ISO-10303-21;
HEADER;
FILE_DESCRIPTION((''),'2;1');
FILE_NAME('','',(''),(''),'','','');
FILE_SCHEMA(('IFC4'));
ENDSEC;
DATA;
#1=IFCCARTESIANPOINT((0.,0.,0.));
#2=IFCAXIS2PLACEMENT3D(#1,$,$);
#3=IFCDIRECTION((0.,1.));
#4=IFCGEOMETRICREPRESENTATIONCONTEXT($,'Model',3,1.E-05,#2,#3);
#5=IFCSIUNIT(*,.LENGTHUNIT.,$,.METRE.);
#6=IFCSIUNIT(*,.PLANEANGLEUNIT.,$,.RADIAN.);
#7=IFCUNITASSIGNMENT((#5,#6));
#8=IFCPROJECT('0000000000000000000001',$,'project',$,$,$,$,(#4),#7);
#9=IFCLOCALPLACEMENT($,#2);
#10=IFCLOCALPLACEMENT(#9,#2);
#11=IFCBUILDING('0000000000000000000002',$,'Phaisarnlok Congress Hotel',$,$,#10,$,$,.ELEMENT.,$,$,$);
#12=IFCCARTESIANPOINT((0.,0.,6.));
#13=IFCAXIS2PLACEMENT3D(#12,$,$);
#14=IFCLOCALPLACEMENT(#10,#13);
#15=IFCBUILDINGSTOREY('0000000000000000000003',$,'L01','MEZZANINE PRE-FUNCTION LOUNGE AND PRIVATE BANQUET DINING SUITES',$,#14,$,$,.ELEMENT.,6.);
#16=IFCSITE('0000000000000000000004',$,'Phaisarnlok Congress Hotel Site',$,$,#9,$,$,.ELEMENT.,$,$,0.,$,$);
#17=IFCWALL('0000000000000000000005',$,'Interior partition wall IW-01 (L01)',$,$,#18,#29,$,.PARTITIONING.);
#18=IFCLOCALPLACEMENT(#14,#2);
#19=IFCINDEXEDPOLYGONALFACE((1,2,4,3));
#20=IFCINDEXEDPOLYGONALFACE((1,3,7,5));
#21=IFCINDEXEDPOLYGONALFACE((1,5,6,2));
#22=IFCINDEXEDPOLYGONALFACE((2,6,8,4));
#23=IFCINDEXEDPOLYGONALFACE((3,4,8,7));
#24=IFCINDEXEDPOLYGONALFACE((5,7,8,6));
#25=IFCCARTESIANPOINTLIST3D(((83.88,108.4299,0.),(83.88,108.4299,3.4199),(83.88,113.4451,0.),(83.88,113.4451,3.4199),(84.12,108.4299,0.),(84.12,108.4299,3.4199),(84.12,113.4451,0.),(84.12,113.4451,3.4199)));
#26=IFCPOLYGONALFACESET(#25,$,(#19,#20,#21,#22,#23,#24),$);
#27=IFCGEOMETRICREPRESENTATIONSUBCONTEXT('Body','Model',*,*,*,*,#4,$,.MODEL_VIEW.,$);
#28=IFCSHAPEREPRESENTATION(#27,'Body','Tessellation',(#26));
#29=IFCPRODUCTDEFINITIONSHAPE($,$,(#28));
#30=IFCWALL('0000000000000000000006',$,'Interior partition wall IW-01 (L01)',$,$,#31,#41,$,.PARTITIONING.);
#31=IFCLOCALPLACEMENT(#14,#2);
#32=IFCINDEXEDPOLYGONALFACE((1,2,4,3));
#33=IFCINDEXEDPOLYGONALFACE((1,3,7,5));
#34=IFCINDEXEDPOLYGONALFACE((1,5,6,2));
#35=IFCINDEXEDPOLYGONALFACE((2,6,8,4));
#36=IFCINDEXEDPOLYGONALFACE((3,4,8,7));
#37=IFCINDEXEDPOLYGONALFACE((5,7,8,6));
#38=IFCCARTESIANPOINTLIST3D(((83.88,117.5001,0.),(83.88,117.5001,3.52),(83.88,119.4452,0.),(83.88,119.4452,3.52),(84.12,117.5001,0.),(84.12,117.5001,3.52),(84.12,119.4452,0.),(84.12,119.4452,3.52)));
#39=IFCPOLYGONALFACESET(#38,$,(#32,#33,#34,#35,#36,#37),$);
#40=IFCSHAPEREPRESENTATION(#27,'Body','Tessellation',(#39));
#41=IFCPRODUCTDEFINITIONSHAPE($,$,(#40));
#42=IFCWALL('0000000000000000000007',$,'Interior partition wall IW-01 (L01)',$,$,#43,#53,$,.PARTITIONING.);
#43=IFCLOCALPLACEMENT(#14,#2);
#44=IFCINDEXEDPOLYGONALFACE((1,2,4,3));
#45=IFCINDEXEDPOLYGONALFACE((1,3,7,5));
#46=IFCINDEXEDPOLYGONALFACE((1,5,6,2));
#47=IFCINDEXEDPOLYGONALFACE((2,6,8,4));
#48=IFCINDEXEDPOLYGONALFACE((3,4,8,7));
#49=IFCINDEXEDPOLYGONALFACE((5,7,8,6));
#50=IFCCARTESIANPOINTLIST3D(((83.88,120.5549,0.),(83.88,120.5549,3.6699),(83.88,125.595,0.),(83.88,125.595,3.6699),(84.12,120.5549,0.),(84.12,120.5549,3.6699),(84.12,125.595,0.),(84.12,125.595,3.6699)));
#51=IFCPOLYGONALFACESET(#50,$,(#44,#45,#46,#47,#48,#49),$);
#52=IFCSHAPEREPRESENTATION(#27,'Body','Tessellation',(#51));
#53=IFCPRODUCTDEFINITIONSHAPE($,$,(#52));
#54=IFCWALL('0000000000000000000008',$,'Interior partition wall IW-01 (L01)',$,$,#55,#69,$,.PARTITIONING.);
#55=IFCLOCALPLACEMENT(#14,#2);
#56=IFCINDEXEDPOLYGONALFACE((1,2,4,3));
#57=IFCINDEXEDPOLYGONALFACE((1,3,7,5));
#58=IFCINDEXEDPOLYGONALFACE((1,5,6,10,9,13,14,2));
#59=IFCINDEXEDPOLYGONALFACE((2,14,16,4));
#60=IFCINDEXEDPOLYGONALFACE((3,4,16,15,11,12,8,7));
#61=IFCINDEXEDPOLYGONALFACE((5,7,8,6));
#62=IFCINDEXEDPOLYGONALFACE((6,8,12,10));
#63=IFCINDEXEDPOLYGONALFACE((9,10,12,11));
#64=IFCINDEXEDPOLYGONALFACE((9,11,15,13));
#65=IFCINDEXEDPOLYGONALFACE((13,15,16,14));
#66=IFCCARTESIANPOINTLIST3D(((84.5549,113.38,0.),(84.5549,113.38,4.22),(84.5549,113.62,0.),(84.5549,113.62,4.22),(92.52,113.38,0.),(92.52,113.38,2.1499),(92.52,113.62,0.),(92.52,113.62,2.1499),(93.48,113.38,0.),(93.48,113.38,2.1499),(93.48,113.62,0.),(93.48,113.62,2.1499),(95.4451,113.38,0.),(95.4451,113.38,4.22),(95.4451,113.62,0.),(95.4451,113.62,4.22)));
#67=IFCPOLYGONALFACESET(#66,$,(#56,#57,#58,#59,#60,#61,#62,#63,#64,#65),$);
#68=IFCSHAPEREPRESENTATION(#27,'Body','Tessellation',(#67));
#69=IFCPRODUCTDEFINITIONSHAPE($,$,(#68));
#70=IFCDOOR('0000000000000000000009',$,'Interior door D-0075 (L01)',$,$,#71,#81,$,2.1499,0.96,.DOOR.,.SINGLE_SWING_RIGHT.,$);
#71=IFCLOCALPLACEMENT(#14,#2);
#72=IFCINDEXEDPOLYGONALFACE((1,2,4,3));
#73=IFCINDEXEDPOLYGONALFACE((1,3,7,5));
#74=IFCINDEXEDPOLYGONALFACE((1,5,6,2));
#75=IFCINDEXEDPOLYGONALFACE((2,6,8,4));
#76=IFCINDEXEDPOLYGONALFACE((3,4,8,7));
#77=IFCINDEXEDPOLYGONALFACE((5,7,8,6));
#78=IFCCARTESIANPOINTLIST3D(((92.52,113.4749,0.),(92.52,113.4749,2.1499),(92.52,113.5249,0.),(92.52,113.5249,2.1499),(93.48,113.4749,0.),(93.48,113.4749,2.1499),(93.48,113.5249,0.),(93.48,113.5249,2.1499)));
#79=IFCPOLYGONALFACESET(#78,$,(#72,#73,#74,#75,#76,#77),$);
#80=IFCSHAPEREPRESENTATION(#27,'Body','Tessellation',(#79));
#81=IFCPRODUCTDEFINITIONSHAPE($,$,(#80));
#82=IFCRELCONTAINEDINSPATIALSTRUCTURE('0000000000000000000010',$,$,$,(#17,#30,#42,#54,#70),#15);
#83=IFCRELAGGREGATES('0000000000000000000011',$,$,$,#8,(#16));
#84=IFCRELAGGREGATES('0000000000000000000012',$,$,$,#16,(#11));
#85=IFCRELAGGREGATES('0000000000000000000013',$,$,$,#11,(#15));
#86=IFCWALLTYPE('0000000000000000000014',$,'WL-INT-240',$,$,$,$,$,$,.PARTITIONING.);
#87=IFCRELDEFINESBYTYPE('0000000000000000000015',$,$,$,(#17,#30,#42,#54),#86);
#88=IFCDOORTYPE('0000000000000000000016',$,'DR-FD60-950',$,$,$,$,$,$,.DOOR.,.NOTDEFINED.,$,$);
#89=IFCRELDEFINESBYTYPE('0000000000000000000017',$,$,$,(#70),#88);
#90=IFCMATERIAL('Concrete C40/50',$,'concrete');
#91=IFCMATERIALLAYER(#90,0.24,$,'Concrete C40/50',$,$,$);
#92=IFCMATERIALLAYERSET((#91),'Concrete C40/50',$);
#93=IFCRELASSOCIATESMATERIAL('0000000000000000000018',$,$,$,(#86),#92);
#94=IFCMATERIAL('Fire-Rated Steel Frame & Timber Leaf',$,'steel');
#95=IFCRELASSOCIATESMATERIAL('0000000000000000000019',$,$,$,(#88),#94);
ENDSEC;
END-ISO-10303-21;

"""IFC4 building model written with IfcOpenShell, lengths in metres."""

from ifc_helpers import new_model, si_unit, direction, frame, frame_2d, origin, place, context, subcontext, project, spatial, rectangle, extrude, material, layer, layer_set, type_object, element, fill, save


model = new_model("IFC4")

# Units and contexts
model_context = context("Model", 3, precision=1e-05, world=origin(), true_north=direction((0.0, 1.0)))
body_context = subcontext(model_context, "Body", "Model", "MODEL_VIEW")
ifc_project = project(units=[si_unit("LENGTHUNIT", "METRE"), si_unit("PLANEANGLEUNIT", "RADIAN")], contexts=[model_context])

# Site, building, storey
site_placement = place(None, origin())
site = spatial("IfcSite", under=ifc_project, at=site_placement, Name="Phaisarnlok Congress Hotel Site", CompositionType="ELEMENT", RefElevation=0.0)
building_placement = place(site_placement, origin())
building = spatial("IfcBuilding", under=site, at=building_placement, Name="Phaisarnlok Congress Hotel", CompositionType="ELEMENT")
storey_placement = place(building_placement, frame((0.0, 0.0, 6.0)))
storey = spatial("IfcBuildingStorey", under=building, at=storey_placement, Name="L01", Description="MEZZANINE PRE-FUNCTION LOUNGE AND PRIVATE BANQUET DINING SUITES", CompositionType="ELEMENT", Elevation=6.0)

# Shared definitions
ifc_material_1 = material(Name="Concrete C40/50", Category="concrete")

# Walls
ifc_layer_1 = layer(ifc_material_1, 0.24, Name="Concrete C40/50")
ifc_layer_set_1 = layer_set([ifc_layer_1], Name="Concrete C40/50")
wall_type_1 = type_object("IfcWallType", Name="WL-INT-240", PredefinedType="PARTITIONING", material=ifc_layer_set_1)
wall_1_placement = place(storey_placement, frame((84.0, 108.4299, 0.0), z_axis=(0.0, 0.0, 1.0), x_axis=(0.0, 1.0, 0.0)))
element("IfcWall", 1, at=wall_1_placement, inside=storey, type_object=wall_type_1, Name="Interior partition wall IW-01 (L01)", PredefinedType="PARTITIONING", context=body_context, shape_type="SweptSolid", body=[
    extrude(rectangle(XDim=5.0151, YDim=0.24, at=frame_2d((2.5076, 0.0))), origin(), (0.0, 0.0, 1.0), 3.4199),
])
wall_2_placement = place(storey_placement, frame((84.0, 117.5, 0.0), z_axis=(0.0, 0.0, 1.0), x_axis=(0.0, 1.0, 0.0)))
element("IfcWall", 2, at=wall_2_placement, inside=storey, type_object=wall_type_1, Name="Interior partition wall IW-01 (L01)", PredefinedType="PARTITIONING", context=body_context, shape_type="SweptSolid", body=[
    extrude(rectangle(XDim=1.9451, YDim=0.24, at=frame_2d((0.9727, 0.0))), origin(), (0.0, 0.0, 1.0), 3.52),
])
wall_3_placement = place(storey_placement, frame((84.0, 120.5549, 0.0), z_axis=(0.0, 0.0, 1.0), x_axis=(0.0, 1.0, 0.0)))
element("IfcWall", 3, at=wall_3_placement, inside=storey, type_object=wall_type_1, Name="Interior partition wall IW-01 (L01)", PredefinedType="PARTITIONING", context=body_context, shape_type="SweptSolid", body=[
    extrude(rectangle(XDim=5.04, YDim=0.24, at=frame_2d((2.52, 0.0))), origin(), (0.0, 0.0, 1.0), 3.6699),
])

# Wall, opening, door
wall_4_placement = place(storey_placement, frame((84.5549, 113.5, 0.0), z_axis=(0.0, 0.0, 1.0), x_axis=(1.0, 0.0, 0.0)))
wall_4 = element("IfcWall", 4, at=wall_4_placement, inside=storey, type_object=wall_type_1, Name="Interior partition wall IW-01 (L01)", PredefinedType="PARTITIONING", context=body_context, shape_type="SweptSolid", body=[
    extrude(rectangle(XDim=10.8901, YDim=0.24, at=frame_2d((5.4451, 0.0))), origin(), (0.0, 0.0, 1.0), 4.22),
])
opening_1_placement = place(wall_4_placement, frame((7.9651, 0.0, 0.0)))
opening_1 = element("IfcOpeningElement", 5, at=opening_1_placement, cuts=wall_4, PredefinedType="OPENING", context=body_context, shape_type="SweptSolid", body=[
    extrude(rectangle(XDim=0.96, YDim=2.1499, at=frame_2d((0.48, 1.075))), frame((0.0, 0.1299, 0.0), z_axis=(0.0, -1.0, 0.0), x_axis=(1.0, 0.0, 0.0)), (0.0, 0.0, 1.0), 0.26),
])
ifc_material_2 = material(Name="Fire-Rated Steel Frame & Timber Leaf", Category="steel")
door_type = type_object("IfcDoorType", Name="DR-FD60-950", OperationType="NOTDEFINED", PredefinedType="DOOR", material=ifc_material_2)
door_placement = place(opening_1_placement, origin())
door = element("IfcDoor", 6, at=door_placement, inside=storey, type_object=door_type, Name="Interior door D-0075 (L01)", OperationType="SINGLE_SWING_RIGHT", OverallHeight=2.1499, OverallWidth=0.96, PredefinedType="DOOR", context=body_context, shape_type="SweptSolid", body=[
    extrude(rectangle(XDim=0.96, YDim=2.1499, at=frame_2d((0.48, 1.075))), frame((0.0, 0.0249, 0.0), z_axis=(0.0, -1.0, 0.0), x_axis=(1.0, 0.0, 0.0)), (0.0, 0.0, 1.0), 0.05),
])
fill(opening_1, door)

save(model, "model.ifc")
